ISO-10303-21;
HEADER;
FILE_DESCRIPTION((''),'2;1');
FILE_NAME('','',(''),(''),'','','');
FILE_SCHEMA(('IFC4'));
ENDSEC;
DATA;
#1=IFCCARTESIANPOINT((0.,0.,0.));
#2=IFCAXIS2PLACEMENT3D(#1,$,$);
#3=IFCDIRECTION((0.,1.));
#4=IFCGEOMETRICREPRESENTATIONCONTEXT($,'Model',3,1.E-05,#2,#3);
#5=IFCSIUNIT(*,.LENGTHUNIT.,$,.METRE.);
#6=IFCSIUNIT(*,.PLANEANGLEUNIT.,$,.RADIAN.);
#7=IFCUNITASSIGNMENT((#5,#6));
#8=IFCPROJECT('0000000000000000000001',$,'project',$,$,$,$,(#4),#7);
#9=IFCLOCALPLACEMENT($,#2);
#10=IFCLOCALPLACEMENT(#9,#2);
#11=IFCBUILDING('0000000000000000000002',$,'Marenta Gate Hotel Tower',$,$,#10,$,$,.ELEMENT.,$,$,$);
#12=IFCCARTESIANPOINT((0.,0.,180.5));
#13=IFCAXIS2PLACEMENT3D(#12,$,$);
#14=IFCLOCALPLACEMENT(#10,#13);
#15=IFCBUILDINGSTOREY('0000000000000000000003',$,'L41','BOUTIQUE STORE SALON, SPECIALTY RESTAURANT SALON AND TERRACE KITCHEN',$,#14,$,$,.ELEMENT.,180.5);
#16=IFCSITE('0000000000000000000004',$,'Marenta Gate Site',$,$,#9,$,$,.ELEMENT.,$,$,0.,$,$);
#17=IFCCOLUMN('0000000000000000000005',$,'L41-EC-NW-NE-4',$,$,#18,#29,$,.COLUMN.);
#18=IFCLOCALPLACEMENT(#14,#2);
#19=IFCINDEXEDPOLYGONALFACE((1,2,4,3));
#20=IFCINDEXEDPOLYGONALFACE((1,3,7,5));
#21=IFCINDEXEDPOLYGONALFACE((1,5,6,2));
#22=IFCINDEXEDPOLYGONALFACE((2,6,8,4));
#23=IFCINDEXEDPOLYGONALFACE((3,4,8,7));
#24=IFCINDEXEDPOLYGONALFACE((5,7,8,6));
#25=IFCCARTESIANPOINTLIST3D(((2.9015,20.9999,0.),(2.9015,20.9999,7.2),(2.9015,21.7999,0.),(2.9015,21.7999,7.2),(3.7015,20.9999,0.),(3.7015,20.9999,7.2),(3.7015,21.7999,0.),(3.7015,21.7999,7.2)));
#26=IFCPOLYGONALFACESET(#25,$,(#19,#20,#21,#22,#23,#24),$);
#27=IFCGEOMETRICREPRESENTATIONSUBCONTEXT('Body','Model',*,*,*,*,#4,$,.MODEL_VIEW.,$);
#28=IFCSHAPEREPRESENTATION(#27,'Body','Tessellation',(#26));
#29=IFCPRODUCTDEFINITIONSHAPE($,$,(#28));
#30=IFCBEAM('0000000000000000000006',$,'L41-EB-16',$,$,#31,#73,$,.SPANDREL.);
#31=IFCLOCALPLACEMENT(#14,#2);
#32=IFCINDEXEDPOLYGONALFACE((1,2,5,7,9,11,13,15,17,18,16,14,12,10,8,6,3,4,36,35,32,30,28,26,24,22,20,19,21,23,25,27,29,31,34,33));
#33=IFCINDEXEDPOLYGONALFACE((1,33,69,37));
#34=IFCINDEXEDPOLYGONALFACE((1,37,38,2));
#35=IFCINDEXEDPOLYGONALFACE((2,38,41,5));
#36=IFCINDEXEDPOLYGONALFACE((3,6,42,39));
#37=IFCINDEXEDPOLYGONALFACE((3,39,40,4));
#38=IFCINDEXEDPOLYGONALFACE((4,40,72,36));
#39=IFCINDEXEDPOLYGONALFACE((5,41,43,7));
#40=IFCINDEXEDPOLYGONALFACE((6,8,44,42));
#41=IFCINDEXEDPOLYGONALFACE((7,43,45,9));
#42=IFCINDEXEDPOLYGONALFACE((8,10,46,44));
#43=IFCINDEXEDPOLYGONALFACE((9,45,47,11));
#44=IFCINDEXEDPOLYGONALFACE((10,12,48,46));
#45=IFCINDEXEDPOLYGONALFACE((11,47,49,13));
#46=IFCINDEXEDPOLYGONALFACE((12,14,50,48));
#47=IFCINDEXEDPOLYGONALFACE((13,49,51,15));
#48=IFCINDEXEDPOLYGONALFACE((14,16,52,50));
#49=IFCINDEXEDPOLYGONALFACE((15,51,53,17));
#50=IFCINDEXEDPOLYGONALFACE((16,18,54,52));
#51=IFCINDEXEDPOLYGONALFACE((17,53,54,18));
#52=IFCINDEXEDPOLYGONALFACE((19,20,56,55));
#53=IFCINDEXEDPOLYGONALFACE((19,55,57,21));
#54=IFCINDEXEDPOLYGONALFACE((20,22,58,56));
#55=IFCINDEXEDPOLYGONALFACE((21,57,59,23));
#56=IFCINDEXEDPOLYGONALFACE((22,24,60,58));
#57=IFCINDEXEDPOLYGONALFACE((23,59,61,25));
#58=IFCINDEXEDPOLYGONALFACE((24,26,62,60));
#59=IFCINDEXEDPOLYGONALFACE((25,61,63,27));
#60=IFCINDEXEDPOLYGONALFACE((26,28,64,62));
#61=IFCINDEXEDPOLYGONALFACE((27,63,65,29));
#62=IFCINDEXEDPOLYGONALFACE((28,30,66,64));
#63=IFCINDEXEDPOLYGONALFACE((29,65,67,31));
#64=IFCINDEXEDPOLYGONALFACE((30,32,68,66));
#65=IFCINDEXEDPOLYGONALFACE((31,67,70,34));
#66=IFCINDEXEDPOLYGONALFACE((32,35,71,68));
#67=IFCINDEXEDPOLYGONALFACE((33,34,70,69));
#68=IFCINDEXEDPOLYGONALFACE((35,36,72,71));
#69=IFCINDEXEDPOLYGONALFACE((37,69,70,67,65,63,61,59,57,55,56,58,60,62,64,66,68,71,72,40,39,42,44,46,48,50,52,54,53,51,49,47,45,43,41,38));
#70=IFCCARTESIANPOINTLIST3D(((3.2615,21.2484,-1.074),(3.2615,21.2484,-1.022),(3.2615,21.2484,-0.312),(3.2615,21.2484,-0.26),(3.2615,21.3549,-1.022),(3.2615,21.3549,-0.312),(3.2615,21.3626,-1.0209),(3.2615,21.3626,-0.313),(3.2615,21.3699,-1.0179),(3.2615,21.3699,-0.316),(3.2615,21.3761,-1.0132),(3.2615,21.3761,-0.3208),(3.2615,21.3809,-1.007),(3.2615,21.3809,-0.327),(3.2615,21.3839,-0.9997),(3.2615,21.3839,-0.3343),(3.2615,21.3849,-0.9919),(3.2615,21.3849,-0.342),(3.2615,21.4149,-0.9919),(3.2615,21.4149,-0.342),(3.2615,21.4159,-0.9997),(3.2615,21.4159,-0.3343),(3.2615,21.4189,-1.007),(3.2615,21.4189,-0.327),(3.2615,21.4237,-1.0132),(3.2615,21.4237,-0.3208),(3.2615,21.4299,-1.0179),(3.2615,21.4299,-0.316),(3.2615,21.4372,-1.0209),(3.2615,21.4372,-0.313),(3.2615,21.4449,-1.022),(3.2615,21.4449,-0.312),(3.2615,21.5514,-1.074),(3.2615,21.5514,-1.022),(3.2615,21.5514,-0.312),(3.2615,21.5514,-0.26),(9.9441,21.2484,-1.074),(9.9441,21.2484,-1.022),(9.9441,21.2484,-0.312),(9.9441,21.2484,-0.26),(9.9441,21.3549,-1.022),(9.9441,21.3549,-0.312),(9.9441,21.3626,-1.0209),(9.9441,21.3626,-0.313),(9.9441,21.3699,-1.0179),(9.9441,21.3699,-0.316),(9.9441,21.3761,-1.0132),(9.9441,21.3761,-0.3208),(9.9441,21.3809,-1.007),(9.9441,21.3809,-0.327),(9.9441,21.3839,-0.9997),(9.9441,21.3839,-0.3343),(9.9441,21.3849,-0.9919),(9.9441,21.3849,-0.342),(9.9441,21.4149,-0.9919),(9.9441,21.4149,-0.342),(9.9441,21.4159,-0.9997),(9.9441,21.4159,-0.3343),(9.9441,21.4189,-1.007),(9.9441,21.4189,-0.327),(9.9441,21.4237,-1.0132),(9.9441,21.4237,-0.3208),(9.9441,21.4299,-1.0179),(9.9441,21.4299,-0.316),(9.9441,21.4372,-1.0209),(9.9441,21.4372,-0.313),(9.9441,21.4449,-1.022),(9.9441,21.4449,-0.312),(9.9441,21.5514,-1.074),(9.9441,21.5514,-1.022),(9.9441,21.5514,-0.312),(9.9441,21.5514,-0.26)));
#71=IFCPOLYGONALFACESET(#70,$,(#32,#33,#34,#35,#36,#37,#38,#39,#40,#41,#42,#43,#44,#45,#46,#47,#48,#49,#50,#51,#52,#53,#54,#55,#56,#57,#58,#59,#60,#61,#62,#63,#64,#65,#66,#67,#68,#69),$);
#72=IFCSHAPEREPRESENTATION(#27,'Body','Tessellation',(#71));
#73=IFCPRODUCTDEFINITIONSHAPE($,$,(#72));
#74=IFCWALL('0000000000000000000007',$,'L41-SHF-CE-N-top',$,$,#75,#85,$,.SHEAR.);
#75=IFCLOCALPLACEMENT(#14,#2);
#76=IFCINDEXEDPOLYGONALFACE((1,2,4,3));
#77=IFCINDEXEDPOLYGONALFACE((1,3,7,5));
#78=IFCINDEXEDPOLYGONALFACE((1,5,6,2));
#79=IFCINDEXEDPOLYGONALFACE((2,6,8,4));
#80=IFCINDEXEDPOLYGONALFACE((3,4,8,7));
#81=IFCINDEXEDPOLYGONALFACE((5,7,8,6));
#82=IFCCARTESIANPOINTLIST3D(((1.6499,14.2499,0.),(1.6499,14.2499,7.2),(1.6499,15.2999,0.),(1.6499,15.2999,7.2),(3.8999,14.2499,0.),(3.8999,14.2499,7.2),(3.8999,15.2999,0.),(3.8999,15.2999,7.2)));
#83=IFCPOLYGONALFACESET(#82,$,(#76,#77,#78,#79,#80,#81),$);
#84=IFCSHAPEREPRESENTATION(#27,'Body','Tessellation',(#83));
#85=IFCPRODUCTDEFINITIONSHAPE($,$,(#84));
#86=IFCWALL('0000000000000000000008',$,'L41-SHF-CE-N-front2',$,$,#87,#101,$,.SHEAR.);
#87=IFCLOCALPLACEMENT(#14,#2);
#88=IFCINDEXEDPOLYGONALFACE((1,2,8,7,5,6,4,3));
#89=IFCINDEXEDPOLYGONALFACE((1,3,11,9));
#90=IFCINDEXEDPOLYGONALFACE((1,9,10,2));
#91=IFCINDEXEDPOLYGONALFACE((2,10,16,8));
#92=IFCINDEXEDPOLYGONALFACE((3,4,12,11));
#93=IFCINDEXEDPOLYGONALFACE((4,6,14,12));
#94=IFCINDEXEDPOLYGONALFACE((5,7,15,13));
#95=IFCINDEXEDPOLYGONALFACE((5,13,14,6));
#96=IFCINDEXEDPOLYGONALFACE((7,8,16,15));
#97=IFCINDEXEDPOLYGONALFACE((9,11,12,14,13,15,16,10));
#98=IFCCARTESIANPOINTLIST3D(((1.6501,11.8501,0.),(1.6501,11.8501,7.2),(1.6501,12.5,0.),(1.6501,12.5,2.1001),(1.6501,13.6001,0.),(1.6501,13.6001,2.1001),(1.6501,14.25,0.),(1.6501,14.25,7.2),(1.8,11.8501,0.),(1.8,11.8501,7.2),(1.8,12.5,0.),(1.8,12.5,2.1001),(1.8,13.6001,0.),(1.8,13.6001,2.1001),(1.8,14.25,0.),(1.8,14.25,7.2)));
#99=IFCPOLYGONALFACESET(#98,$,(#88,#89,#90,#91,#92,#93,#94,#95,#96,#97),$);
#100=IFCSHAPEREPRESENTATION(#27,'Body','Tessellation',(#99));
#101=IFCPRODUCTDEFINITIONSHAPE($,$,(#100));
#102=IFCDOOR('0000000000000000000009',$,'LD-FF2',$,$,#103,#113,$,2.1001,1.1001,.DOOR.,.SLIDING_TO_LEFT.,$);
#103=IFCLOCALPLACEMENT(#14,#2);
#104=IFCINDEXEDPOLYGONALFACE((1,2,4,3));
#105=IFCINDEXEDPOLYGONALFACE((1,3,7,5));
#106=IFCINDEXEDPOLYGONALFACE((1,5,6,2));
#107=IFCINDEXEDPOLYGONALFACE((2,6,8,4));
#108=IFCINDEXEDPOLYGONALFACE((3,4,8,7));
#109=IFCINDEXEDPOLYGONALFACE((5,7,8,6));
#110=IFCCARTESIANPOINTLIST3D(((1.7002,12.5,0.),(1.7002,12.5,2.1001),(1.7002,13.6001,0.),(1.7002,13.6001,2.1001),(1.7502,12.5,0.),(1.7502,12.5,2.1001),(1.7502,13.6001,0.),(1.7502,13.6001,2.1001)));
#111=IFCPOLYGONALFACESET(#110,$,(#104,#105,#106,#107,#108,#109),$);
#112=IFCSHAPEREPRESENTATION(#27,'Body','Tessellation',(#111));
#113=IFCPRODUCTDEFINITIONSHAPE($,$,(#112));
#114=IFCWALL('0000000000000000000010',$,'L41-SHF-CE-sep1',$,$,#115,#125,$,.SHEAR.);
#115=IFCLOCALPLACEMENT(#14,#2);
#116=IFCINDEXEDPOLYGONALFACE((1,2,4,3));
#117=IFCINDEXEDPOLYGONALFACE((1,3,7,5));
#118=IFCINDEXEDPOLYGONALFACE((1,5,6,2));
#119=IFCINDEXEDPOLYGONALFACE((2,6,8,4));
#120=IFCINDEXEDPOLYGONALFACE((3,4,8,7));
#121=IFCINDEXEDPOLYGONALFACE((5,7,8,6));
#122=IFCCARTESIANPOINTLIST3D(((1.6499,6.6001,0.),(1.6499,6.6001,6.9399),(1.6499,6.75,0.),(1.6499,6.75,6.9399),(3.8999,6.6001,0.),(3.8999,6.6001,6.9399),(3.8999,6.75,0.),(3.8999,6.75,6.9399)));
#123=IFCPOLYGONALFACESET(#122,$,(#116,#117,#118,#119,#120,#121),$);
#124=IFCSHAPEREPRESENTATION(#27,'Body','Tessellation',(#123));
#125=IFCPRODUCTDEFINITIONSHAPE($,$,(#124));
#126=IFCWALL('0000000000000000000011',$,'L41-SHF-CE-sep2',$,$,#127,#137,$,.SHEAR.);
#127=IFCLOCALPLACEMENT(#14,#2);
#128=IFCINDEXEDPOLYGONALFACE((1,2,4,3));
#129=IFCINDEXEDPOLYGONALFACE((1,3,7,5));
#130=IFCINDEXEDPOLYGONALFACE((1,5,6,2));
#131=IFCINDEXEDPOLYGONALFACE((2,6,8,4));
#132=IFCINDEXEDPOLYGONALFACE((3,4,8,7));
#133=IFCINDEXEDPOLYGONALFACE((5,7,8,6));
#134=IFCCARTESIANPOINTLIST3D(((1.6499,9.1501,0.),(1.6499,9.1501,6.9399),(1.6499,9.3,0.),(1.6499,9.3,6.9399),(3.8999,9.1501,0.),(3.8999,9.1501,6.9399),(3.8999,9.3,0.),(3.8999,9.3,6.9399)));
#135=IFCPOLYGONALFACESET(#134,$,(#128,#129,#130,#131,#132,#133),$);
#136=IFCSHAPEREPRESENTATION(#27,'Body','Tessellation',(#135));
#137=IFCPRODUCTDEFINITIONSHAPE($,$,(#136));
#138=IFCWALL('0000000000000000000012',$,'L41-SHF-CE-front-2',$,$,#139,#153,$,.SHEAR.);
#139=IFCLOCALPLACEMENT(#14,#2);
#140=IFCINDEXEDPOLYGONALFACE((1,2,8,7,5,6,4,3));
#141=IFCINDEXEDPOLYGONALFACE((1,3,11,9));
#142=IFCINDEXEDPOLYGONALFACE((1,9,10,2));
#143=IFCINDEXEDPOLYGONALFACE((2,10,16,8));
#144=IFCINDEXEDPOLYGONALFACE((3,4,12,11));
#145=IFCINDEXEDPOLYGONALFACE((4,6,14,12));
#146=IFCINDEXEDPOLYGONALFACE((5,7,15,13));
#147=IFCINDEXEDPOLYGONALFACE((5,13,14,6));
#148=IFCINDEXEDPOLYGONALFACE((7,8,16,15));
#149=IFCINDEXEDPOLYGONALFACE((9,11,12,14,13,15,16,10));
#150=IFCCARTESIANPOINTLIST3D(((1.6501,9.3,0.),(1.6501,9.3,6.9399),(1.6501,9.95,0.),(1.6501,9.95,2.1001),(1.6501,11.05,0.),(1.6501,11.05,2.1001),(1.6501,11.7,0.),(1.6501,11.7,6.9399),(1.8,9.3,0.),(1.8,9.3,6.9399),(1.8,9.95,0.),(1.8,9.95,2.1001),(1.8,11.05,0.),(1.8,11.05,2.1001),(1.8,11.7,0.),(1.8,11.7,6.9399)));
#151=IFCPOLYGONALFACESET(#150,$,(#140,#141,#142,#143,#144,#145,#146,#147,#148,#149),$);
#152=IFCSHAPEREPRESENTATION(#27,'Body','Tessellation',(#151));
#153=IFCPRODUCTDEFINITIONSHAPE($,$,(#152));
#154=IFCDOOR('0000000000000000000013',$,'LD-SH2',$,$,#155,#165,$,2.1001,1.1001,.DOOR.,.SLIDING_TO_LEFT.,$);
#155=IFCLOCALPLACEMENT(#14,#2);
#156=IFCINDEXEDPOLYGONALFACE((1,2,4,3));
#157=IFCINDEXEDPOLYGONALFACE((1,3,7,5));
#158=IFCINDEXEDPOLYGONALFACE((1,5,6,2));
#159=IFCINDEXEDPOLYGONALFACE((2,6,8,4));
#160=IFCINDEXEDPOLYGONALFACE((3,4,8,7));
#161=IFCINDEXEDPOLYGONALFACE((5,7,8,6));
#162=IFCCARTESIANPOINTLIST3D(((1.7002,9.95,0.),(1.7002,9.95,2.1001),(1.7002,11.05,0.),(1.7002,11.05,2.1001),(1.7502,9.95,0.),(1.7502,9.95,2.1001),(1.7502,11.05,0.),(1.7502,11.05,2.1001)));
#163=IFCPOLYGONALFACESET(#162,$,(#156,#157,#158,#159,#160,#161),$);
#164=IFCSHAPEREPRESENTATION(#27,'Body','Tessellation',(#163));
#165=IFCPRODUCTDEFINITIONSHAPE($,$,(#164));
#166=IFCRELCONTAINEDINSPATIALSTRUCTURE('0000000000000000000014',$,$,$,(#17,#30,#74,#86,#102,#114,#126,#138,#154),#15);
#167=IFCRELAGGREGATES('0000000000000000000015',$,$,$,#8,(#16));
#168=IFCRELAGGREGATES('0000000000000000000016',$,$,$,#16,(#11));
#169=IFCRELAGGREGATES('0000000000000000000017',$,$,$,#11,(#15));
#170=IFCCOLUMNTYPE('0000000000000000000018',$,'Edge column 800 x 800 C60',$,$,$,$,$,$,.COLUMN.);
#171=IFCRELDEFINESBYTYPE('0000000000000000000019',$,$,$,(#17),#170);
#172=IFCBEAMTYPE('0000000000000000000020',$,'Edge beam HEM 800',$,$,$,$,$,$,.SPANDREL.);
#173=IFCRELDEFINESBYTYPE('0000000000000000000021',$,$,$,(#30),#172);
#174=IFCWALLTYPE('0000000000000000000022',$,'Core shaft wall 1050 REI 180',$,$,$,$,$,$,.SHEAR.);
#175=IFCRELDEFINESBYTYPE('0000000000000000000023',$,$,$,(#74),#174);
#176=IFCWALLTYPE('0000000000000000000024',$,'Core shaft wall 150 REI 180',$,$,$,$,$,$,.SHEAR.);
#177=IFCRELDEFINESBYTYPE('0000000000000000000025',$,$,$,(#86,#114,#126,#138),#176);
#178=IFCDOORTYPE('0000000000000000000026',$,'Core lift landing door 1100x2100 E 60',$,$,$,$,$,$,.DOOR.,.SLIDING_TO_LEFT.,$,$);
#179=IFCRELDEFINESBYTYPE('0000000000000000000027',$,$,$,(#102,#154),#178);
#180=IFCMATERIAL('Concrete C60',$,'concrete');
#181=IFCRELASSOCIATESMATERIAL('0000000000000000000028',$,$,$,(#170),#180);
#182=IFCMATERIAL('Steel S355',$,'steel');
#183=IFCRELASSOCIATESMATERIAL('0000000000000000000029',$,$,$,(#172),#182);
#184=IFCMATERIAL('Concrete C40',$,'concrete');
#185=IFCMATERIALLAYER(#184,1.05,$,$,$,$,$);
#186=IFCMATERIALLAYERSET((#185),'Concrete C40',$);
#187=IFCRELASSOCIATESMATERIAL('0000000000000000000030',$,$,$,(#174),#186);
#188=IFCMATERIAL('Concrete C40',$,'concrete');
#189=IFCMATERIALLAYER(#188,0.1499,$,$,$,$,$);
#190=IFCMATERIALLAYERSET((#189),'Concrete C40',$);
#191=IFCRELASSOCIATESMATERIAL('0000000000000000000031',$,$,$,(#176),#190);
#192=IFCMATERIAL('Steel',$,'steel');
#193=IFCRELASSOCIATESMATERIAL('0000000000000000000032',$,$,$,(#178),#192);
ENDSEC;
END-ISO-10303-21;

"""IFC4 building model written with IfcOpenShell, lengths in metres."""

from ifc_helpers import new_model, si_unit, direction, frame, frame_2d, origin, origin_2d, place, context, subcontext, project, spatial, rectangle, i_section, extrude, material, layer, layer_set, material_profile, profile_set, type_object, element, fill, save


model = new_model("IFC4")

# Units and contexts
model_context = context("Model", 3, precision=1e-05, world=origin(), true_north=direction((0.0, 1.0)))
body_context = subcontext(model_context, "Body", "Model", "MODEL_VIEW")
ifc_project = project(units=[si_unit("LENGTHUNIT", "METRE"), si_unit("PLANEANGLEUNIT", "RADIAN")], contexts=[model_context])

# Site, building, storey
site_placement = place(None, origin())
site = spatial("IfcSite", under=ifc_project, at=site_placement, Name="Marenta Gate Site", CompositionType="ELEMENT", RefElevation=0.0)
building_placement = place(site_placement, origin())
building = spatial("IfcBuilding", under=site, at=building_placement, Name="Marenta Gate Hotel Tower", CompositionType="ELEMENT")
storey_placement = place(building_placement, frame((0.0, 0.0, 180.5)))
storey = spatial("IfcBuildingStorey", under=building, at=storey_placement, Name="L41", Description="BOUTIQUE STORE SALON, SPECIALTY RESTAURANT SALON AND TERRACE KITCHEN", CompositionType="ELEMENT", Elevation=180.5)

# Column
ifc_material_1 = material(Name="Concrete C60", Category="concrete")
ifc_material_profile_1 = material_profile(ifc_material_1, rectangle(XDim=0.8, YDim=0.8, at=origin_2d()), Name="800 x 800")
ifc_profile_set_1 = profile_set([ifc_material_profile_1], Name="Concrete C60")
column_type = type_object("IfcColumnType", Name="Edge column 800 x 800 C60", PredefinedType="COLUMN", material=ifc_profile_set_1)
column_placement = place(storey_placement, frame((3.3015, 21.3999, 0.0), z_axis=(0.0, 0.0, 1.0), x_axis=(1.0, 0.0, 0.0)))
element("IfcColumn", 1, at=column_placement, inside=storey, type_object=column_type, Name="L41-EC-NW-NE-4", PredefinedType="COLUMN", context=body_context, shape_type="SweptSolid", body=[
    extrude(rectangle(XDim=0.8, YDim=0.8, at=origin_2d()), origin(), (0.0, 0.0, 1.0), 7.2),
])

# Beam
ifc_material_2 = material(Name="Steel S355", Category="steel")
ifc_material_profile_2 = material_profile(ifc_material_2, i_section(OverallWidth=0.303, OverallDepth=0.814, WebThickness=0.03, FlangeThickness=0.052, FilletRadius=0.03, at=origin_2d()), Name="HEM 800")
ifc_profile_set_2 = profile_set([ifc_material_profile_2], Name="Steel S355")
beam_type = type_object("IfcBeamType", Name="Edge beam HEM 800", PredefinedType="SPANDREL", material=ifc_profile_set_2)
beam_placement = place(storey_placement, frame((3.2615, 21.3999, -0.667), z_axis=(1.0, 0.0, 0.0), x_axis=(0.0, 1.0, 0.0)))
element("IfcBeam", 2, at=beam_placement, inside=storey, type_object=beam_type, Name="L41-EB-16", PredefinedType="SPANDREL", context=body_context, shape_type="SweptSolid", body=[
    extrude(i_section(OverallWidth=0.303, OverallDepth=0.814, WebThickness=0.03, FlangeThickness=0.052, FilletRadius=0.03, at=origin_2d()), origin(), (0.0, 0.0, 1.0), 6.6826),
])

# Wall
ifc_material_3 = material(Name="Concrete C40", Category="concrete")
ifc_layer_1 = layer(ifc_material_3, 1.05)
ifc_layer_set_1 = layer_set([ifc_layer_1], Name="Concrete C40")
wall_type_1 = type_object("IfcWallType", Name="Core shaft wall 1050 REI 180", PredefinedType="SHEAR", material=ifc_layer_set_1)
wall_1_placement = place(storey_placement, frame((1.6499, 14.7749, 0.0), z_axis=(0.0, 0.0, 1.0), x_axis=(1.0, 0.0, 0.0)))
element("IfcWall", 3, at=wall_1_placement, inside=storey, type_object=wall_type_1, Name="L41-SHF-CE-N-top", PredefinedType="SHEAR", context=body_context, shape_type="SweptSolid", body=[
    extrude(rectangle(XDim=2.25, YDim=1.05, at=frame_2d((1.125, 0.0))), origin(), (0.0, 0.0, 1.0), 7.2),
])

# Wall, opening, door
ifc_material_4 = material(Name="Concrete C40", Category="concrete")
ifc_layer_2 = layer(ifc_material_4, 0.1499)
ifc_layer_set_2 = layer_set([ifc_layer_2], Name="Concrete C40")
wall_type_2 = type_object("IfcWallType", Name="Core shaft wall 150 REI 180", PredefinedType="SHEAR", material=ifc_layer_set_2)
wall_2_placement = place(storey_placement, frame((1.7251, 11.8501, 0.0), z_axis=(0.0, 0.0, 1.0), x_axis=(0.0, 1.0, 0.0)))
wall_2 = element("IfcWall", 4, at=wall_2_placement, inside=storey, type_object=wall_type_2, Name="L41-SHF-CE-N-front2", PredefinedType="SHEAR", context=body_context, shape_type="SweptSolid", body=[
    extrude(rectangle(XDim=2.3999, YDim=0.1499, at=frame_2d((1.2, 0.0))), origin(), (0.0, 0.0, 1.0), 7.2),
])
opening_1_placement = place(wall_2_placement, frame((0.6499, 0.0, 0.0)))
opening_1 = element("IfcOpeningElement", 5, at=opening_1_placement, cuts=wall_2, PredefinedType="OPENING", context=body_context, shape_type="SweptSolid", body=[
    extrude(rectangle(XDim=1.1001, YDim=2.1001, at=frame_2d((0.55, 1.05))), frame((0.0, 0.075, 0.0), z_axis=(0.0, -1.0, 0.0), x_axis=(1.0, 0.0, 0.0)), (0.0, 0.0, 1.0), 0.1499),
])
ifc_material_5 = material(Name="Steel", Category="steel")
door_type_1 = type_object("IfcDoorType", Name="Core lift landing door 1100x2100 E 60", OperationType="SLIDING_TO_LEFT", PredefinedType="DOOR", material=ifc_material_5)
door_1_placement = place(opening_1_placement, origin())
door_1 = element("IfcDoor", 6, at=door_1_placement, inside=storey, type_object=door_type_1, Name="LD-FF2", OperationType="SLIDING_TO_LEFT", OverallHeight=2.1001, OverallWidth=1.1001, PredefinedType="DOOR", context=body_context, shape_type="SweptSolid", body=[
    extrude(rectangle(XDim=1.1001, YDim=2.1001, at=frame_2d((0.55, 1.05))), frame((0.0, 0.0249, 0.0), z_axis=(0.0, -1.0, 0.0), x_axis=(1.0, 0.0, 0.0)), (0.0, 0.0, 1.0), 0.05),
])
fill(opening_1, door_1)

# Walls
for number, where, z_axis, x_axis, name in (
    (7, (1.6499, 6.675, 0.0), (0.0, 0.0, 1.0), (1.0, 0.0, 0.0), "L41-SHF-CE-sep1"),
    (8, (1.6499, 9.2251, 0.0), (0.0, 0.0, 1.0), (1.0, 0.0, 0.0), "L41-SHF-CE-sep2"),
):
    element("IfcWall", number, at=place(storey_placement, frame(where, z_axis=z_axis, x_axis=x_axis)), inside=storey, type_object=wall_type_2, Name=name, PredefinedType="SHEAR", context=body_context, shape_type="SweptSolid", body=[
        extrude(rectangle(XDim=2.25, YDim=0.1499, at=frame_2d((1.125, 0.0))), origin(), (0.0, 0.0, 1.0), 6.9399),
    ])

# Wall, opening, door
wall_3_placement = place(storey_placement, frame((1.7251, 9.3, 0.0), z_axis=(0.0, 0.0, 1.0), x_axis=(0.0, 1.0, 0.0)))
wall_3 = element("IfcWall", 9, at=wall_3_placement, inside=storey, type_object=wall_type_2, Name="L41-SHF-CE-front-2", PredefinedType="SHEAR", context=body_context, shape_type="SweptSolid", body=[
    extrude(rectangle(XDim=2.3999, YDim=0.1499, at=frame_2d((1.2, 0.0))), origin(), (0.0, 0.0, 1.0), 6.9399),
])
opening_2_placement = place(wall_3_placement, frame((0.6499, 0.0, 0.0)))
opening_2 = element("IfcOpeningElement", 10, at=opening_2_placement, cuts=wall_3, PredefinedType="OPENING", context=body_context, shape_type="SweptSolid", body=[
    extrude(rectangle(XDim=1.1001, YDim=2.1001, at=frame_2d((0.55, 1.05))), frame((0.0, 0.075, 0.0), z_axis=(0.0, -1.0, 0.0), x_axis=(1.0, 0.0, 0.0)), (0.0, 0.0, 1.0), 0.1499),
])
door_2_placement = place(opening_2_placement, origin())
door_2 = element("IfcDoor", 11, at=door_2_placement, inside=storey, type_object=door_type_1, Name="LD-SH2", OperationType="SLIDING_TO_LEFT", OverallHeight=2.1001, OverallWidth=1.1001, PredefinedType="DOOR", context=body_context, shape_type="SweptSolid", body=[
    extrude(rectangle(XDim=1.1001, YDim=2.1001, at=frame_2d((0.55, 1.05))), frame((0.0, 0.0249, 0.0), z_axis=(0.0, -1.0, 0.0), x_axis=(1.0, 0.0, 0.0)), (0.0, 0.0, 1.0), 0.05),
])
fill(opening_2, door_2)

save(model, "model.ifc")
